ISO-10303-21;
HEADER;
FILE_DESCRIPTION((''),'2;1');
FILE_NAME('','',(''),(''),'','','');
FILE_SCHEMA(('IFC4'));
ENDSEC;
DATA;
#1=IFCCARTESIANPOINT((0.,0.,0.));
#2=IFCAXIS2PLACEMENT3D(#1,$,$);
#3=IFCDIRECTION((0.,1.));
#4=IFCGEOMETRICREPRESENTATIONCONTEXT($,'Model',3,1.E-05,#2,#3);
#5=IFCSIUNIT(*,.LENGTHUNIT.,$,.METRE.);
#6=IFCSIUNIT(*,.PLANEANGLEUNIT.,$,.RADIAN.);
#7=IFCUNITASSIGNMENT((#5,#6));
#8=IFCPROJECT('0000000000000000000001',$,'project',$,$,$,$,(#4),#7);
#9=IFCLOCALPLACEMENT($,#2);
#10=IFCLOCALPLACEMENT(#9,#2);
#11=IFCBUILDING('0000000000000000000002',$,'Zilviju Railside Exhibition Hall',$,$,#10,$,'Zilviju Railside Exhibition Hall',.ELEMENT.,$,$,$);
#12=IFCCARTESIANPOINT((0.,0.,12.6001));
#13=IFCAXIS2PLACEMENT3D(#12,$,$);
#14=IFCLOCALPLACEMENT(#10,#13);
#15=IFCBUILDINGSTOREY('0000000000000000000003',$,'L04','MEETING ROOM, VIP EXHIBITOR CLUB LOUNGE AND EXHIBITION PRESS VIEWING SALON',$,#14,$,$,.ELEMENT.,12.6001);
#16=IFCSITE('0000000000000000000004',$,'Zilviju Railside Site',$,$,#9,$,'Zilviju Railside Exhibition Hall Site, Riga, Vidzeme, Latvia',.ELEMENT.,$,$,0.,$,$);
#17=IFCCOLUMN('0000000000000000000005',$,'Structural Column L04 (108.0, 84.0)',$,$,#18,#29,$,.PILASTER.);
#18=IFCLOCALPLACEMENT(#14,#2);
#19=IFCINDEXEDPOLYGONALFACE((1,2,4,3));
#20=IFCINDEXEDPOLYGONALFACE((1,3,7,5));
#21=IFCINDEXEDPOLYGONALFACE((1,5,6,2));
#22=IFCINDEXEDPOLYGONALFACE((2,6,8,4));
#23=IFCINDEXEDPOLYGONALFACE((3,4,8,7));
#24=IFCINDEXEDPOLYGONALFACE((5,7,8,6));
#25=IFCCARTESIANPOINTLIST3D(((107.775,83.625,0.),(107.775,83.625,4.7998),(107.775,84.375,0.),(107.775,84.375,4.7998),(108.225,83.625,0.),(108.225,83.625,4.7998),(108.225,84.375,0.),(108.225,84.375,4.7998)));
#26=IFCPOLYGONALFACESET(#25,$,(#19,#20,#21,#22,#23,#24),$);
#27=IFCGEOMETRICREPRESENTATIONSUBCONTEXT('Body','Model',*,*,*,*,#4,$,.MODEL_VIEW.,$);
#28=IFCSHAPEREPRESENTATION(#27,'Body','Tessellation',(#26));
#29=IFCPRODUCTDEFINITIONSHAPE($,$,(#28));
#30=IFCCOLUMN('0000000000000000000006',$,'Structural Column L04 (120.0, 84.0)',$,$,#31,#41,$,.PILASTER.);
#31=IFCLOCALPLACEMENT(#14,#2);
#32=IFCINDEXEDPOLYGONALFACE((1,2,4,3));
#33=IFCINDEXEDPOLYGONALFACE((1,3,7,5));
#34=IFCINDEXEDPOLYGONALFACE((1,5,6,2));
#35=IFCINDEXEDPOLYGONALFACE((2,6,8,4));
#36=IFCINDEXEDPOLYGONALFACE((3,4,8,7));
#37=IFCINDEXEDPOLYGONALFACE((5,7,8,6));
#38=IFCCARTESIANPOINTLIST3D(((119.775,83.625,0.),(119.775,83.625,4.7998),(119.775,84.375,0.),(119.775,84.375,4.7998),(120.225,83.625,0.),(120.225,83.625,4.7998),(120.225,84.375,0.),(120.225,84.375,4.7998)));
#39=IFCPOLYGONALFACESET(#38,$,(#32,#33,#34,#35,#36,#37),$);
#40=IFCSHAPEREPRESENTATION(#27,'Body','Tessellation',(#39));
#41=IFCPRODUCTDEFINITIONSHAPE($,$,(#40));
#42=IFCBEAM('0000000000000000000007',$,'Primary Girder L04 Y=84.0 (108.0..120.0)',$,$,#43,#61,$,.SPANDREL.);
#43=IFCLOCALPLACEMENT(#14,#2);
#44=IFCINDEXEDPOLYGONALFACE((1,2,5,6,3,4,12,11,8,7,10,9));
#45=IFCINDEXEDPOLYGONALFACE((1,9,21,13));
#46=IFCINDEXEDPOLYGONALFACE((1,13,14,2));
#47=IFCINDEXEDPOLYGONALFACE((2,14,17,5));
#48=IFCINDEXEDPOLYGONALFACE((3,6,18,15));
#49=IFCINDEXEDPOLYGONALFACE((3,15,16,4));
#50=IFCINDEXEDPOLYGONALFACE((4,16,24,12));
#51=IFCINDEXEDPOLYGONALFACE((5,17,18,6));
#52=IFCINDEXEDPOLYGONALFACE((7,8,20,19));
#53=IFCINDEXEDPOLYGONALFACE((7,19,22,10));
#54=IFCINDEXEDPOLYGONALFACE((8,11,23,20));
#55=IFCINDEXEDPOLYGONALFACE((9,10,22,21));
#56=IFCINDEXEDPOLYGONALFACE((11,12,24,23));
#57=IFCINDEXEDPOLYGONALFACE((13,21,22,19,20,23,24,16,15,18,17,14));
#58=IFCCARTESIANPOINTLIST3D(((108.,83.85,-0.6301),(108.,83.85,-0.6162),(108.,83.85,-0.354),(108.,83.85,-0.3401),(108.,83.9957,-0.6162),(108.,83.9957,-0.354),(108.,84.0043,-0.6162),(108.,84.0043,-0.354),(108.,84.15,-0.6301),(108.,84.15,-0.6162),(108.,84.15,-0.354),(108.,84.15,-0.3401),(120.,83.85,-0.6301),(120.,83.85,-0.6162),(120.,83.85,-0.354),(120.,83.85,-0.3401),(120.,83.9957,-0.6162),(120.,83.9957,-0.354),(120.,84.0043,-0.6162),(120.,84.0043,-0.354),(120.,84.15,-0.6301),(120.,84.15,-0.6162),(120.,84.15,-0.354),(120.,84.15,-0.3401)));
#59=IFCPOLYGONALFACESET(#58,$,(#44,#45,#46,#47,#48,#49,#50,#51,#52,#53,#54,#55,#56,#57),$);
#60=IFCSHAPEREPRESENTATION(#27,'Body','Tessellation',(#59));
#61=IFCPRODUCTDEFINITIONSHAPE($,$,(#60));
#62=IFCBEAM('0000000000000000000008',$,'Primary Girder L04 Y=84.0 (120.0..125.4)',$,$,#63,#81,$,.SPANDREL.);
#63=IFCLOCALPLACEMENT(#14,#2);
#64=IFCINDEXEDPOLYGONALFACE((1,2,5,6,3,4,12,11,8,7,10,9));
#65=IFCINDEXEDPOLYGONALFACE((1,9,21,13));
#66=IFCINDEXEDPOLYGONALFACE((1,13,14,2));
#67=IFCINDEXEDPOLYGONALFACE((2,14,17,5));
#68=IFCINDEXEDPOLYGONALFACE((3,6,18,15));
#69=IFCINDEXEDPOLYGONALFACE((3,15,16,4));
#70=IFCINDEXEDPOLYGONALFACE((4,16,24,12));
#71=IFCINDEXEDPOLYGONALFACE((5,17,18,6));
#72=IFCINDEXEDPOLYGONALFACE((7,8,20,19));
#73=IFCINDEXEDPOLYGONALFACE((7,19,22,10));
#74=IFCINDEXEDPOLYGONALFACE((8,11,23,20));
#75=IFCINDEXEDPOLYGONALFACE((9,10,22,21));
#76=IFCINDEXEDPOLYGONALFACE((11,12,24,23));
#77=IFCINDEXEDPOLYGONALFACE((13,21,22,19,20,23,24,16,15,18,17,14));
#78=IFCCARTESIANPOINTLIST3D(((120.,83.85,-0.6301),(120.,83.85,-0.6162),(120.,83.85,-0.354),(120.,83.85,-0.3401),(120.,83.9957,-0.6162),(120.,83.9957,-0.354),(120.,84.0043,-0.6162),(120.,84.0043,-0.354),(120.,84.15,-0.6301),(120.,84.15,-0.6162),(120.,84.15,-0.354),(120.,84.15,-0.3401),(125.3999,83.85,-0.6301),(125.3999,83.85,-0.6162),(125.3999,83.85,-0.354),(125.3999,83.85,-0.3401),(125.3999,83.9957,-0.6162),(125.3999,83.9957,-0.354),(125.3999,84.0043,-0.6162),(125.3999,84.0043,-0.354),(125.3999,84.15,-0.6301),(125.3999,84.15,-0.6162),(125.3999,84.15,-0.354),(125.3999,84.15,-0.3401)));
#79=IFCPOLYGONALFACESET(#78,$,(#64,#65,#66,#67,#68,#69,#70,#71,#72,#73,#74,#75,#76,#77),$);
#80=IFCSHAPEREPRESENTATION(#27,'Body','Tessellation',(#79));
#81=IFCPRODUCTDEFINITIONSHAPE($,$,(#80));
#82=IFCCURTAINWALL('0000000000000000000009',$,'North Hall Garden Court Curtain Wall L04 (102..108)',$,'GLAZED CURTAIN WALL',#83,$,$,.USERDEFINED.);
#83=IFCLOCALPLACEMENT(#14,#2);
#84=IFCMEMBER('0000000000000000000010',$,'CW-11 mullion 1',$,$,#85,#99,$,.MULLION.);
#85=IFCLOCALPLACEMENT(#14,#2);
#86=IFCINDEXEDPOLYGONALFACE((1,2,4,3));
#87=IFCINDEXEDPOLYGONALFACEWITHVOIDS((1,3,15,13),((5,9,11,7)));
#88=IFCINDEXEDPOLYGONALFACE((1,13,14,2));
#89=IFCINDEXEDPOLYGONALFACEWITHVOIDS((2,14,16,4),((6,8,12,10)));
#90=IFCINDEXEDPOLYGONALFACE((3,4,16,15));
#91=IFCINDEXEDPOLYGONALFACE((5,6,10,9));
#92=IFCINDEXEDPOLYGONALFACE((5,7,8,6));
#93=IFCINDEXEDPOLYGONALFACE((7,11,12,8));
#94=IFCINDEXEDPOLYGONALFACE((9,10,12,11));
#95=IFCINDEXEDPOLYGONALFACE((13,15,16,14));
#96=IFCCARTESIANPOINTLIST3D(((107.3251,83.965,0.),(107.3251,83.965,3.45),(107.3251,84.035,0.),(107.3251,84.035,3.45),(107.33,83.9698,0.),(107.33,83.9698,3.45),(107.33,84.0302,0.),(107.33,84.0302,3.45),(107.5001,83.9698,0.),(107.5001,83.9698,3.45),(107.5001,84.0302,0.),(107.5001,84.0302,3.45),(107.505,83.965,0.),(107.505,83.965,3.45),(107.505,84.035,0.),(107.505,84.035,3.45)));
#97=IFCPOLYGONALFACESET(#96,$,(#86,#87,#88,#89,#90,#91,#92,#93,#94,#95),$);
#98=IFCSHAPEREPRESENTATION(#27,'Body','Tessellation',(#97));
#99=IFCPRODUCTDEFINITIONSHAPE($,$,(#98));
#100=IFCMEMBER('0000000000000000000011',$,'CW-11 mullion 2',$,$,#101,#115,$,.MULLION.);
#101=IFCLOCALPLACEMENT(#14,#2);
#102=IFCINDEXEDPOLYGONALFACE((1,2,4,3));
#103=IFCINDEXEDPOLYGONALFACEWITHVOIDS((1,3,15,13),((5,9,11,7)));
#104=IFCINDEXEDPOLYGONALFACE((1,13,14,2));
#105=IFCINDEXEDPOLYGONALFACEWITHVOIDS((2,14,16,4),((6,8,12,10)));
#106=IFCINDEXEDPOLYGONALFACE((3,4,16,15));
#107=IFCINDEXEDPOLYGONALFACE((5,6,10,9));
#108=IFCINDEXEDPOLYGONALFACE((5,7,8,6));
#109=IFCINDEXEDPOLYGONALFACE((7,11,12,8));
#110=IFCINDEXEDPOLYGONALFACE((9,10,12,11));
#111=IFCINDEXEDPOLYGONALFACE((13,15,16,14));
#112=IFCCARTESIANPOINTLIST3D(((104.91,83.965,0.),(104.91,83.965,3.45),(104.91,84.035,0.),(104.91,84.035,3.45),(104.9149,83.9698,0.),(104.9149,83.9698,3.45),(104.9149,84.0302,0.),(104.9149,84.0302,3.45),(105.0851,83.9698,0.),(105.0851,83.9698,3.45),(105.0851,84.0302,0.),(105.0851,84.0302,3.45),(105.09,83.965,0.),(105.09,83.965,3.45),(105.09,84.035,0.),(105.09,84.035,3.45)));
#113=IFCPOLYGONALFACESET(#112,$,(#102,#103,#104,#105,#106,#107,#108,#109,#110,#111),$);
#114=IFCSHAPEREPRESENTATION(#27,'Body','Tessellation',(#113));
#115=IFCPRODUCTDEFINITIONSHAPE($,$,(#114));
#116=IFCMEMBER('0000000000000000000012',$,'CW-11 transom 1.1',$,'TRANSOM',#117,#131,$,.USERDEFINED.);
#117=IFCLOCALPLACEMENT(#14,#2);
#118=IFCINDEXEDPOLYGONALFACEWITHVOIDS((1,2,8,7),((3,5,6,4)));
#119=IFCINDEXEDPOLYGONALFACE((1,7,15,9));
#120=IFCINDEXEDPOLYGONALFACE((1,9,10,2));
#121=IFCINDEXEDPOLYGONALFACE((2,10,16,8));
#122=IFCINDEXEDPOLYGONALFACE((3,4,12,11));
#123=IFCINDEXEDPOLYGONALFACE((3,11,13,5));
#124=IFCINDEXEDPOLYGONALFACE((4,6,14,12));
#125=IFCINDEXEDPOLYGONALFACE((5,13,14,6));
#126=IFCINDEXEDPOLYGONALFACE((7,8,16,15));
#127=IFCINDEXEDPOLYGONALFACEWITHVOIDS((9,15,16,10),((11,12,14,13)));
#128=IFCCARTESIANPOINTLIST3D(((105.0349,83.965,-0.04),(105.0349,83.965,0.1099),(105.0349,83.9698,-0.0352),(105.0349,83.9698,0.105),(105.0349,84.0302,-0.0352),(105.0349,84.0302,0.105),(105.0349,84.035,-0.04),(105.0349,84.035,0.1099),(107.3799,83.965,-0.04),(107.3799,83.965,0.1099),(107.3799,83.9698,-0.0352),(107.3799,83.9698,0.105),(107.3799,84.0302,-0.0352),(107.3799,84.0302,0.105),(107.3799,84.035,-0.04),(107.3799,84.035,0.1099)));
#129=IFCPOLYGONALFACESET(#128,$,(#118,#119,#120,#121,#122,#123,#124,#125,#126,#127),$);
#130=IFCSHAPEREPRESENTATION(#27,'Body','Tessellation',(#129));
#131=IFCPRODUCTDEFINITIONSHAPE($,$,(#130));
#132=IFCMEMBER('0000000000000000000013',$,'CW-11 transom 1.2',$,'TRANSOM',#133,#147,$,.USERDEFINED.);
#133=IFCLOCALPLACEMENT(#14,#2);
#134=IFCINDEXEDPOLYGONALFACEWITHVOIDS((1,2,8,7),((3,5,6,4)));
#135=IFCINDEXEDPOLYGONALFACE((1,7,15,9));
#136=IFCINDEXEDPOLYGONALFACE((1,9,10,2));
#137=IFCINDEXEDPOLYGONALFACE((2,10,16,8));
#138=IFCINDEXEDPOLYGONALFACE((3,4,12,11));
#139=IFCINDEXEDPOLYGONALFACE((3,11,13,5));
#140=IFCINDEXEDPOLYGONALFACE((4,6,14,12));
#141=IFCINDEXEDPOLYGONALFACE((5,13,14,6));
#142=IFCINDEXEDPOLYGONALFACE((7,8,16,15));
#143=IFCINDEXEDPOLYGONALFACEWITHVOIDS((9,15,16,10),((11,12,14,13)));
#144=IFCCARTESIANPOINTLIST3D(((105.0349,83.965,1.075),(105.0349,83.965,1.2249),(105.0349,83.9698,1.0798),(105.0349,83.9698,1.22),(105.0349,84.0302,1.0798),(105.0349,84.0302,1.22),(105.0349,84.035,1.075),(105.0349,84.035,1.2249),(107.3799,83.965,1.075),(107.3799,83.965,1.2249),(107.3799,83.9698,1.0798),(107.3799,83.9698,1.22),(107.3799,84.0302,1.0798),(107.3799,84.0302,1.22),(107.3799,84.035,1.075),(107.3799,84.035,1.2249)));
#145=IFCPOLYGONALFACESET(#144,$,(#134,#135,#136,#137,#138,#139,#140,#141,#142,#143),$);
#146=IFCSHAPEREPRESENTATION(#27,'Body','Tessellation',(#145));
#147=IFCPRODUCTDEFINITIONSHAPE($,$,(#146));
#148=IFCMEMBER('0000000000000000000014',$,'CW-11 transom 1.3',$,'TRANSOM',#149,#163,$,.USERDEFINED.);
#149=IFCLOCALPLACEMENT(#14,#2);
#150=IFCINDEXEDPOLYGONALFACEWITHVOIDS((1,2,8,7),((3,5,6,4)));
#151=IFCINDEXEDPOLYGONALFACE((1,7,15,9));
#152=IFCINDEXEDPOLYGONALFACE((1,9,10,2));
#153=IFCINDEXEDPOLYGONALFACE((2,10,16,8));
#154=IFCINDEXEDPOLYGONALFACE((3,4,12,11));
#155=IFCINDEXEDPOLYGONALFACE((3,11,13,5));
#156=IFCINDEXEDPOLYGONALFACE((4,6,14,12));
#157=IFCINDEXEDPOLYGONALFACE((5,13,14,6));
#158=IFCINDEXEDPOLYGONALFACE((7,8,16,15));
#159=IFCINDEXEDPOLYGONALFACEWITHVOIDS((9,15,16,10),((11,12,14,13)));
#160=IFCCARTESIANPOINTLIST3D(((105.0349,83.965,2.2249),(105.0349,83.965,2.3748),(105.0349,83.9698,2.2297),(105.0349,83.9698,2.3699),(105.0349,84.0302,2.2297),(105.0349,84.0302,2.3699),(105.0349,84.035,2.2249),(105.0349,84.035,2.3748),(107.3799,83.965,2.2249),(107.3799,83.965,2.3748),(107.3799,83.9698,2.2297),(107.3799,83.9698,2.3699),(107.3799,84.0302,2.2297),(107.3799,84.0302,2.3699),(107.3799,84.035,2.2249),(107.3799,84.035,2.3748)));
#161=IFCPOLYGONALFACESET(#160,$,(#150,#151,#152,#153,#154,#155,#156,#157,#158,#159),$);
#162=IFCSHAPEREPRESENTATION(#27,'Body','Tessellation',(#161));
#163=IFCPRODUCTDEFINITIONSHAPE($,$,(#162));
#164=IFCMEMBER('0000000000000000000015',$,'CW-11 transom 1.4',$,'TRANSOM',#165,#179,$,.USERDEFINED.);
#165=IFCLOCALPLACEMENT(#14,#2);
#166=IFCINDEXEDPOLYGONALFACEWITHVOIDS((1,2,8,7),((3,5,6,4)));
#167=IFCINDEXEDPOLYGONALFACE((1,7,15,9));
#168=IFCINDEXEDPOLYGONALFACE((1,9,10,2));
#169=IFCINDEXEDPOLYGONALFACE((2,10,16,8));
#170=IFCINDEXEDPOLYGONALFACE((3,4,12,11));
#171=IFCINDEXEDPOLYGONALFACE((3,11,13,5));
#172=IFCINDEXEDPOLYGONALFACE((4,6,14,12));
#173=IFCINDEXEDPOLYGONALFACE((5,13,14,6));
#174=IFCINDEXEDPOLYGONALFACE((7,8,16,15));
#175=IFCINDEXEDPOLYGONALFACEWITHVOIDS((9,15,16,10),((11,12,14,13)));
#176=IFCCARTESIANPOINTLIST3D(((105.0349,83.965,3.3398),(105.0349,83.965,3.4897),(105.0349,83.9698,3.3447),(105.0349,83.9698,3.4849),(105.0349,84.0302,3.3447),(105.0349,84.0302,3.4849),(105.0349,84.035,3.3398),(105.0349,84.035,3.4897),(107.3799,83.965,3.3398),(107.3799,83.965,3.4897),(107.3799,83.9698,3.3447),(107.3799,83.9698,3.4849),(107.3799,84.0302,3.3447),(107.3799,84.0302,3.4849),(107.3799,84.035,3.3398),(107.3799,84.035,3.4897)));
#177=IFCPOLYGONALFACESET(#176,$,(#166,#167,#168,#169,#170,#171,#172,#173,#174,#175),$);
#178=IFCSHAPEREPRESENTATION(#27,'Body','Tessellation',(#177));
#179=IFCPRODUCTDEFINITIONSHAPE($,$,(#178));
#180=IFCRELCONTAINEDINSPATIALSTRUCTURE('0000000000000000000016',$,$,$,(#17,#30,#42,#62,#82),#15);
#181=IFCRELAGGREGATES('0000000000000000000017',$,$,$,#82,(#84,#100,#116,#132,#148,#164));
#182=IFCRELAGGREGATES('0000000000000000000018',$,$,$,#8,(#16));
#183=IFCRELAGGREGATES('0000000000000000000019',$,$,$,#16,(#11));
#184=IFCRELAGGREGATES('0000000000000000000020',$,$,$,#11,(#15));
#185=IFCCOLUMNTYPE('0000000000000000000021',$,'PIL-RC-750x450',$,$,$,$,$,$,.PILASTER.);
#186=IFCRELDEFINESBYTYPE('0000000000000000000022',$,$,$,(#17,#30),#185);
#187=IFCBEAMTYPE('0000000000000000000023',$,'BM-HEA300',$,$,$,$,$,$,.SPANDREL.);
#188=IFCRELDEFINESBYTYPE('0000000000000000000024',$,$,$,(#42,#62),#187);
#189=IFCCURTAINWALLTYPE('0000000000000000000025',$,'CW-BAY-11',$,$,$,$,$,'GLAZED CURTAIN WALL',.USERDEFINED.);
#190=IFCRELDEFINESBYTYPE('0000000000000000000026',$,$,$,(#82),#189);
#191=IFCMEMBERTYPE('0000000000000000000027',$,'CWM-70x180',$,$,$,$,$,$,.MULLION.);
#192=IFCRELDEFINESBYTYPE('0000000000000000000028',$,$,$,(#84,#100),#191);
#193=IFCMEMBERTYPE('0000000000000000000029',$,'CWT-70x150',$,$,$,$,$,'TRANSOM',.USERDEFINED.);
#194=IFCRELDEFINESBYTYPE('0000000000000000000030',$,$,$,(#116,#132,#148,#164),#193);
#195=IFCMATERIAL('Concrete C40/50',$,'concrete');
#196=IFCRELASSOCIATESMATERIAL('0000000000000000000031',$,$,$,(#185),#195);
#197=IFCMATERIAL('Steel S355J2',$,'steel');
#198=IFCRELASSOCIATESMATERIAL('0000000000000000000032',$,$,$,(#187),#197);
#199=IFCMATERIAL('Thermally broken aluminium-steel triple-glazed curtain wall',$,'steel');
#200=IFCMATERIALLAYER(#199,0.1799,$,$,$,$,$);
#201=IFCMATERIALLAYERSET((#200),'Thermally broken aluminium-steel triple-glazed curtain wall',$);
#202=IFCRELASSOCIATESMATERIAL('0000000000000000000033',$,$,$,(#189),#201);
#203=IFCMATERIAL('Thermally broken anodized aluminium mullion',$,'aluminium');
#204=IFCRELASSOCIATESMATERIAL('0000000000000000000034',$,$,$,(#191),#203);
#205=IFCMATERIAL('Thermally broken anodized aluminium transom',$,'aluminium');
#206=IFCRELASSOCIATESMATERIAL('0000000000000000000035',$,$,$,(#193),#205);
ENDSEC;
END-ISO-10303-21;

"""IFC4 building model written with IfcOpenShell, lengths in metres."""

from ifc_helpers import new_model, si_unit, direction, frame, origin, origin_2d, place, context, subcontext, project, spatial, rectangle, hollow_rectangle, i_section, extrude, material, layer, layer_set, material_profile, profile_set, type_object, element, aggregate, save


model = new_model("IFC4")

# Units and contexts
model_context = context("Model", 3, precision=1e-05, world=origin(), true_north=direction((0.0, 1.0)))
body_context = subcontext(model_context, "Body", "Model", "MODEL_VIEW")
ifc_project = project(units=[si_unit("LENGTHUNIT", "METRE"), si_unit("PLANEANGLEUNIT", "RADIAN")], contexts=[model_context])

# Site, building, storey
site_placement = place(None, origin())
site = spatial("IfcSite", under=ifc_project, at=site_placement, Name="Zilviju Railside Site", LongName="Zilviju Railside Exhibition Hall Site, Riga, Vidzeme, Latvia", CompositionType="ELEMENT", RefElevation=0.0)
building_placement = place(site_placement, origin())
building = spatial("IfcBuilding", under=site, at=building_placement, Name="Zilviju Railside Exhibition Hall", LongName="Zilviju Railside Exhibition Hall", CompositionType="ELEMENT")
storey_placement = place(building_placement, frame((0.0, 0.0, 12.6001)))
storey = spatial("IfcBuildingStorey", under=building, at=storey_placement, Name="L04", Description="MEETING ROOM, VIP EXHIBITOR CLUB LOUNGE AND EXHIBITION PRESS VIEWING SALON", CompositionType="ELEMENT", Elevation=12.6001)

# Columns
ifc_material_1 = material(Name="Concrete C40/50", Category="concrete")
ifc_material_profile_1 = material_profile(ifc_material_1, rectangle(XDim=0.45, YDim=0.75, at=origin_2d()), Name="RC COL 450x750")
ifc_profile_set_1 = profile_set([ifc_material_profile_1], Name="Concrete C40/50")
column_type = type_object("IfcColumnType", Name="PIL-RC-750x450", PredefinedType="PILASTER", material=ifc_profile_set_1)
for number, where, z_axis, x_axis, name in (
    (1, (108.0, 84.0, 0.0), (0.0, 0.0, 1.0), (1.0, 0.0, 0.0), "Structural Column L04 (108.0, 84.0)"),
    (2, (120.0, 84.0, 0.0), (0.0, 0.0, 1.0), (1.0, 0.0, 0.0), "Structural Column L04 (120.0, 84.0)"),
):
    element("IfcColumn", number, at=place(storey_placement, frame(where, z_axis=z_axis, x_axis=x_axis)), inside=storey, type_object=column_type, Name=name, PredefinedType="PILASTER", context=body_context, shape_type="SweptSolid", body=[
        extrude(rectangle(XDim=0.45, YDim=0.75, at=origin_2d()), origin(), (0.0, 0.0, 1.0), 4.7998),
    ])

# Beams
ifc_material_2 = material(Name="Steel S355J2", Category="steel")
ifc_material_profile_2 = material_profile(ifc_material_2, i_section(OverallWidth=0.3, OverallDepth=0.29, WebThickness=0.0085, FlangeThickness=0.0139, at=origin_2d()), Name="HEA 300")
ifc_profile_set_2 = profile_set([ifc_material_profile_2], Name="Steel S355J2")
beam_type = type_object("IfcBeamType", Name="BM-HEA300", PredefinedType="SPANDREL", material=ifc_profile_set_2)
beam_1_placement = place(storey_placement, frame((108.0, 84.0, -0.4851), z_axis=(1.0, 0.0, 0.0), x_axis=(0.0, 1.0, 0.0)))
element("IfcBeam", 3, at=beam_1_placement, inside=storey, type_object=beam_type, Name="Primary Girder L04 Y=84.0 (108.0..120.0)", PredefinedType="SPANDREL", context=body_context, shape_type="SweptSolid", body=[
    extrude(i_section(OverallWidth=0.3, OverallDepth=0.29, WebThickness=0.0085, FlangeThickness=0.0139, at=origin_2d()), origin(), (0.0, 0.0, 1.0), 12.0),
])
beam_2_placement = place(storey_placement, frame((120.0, 84.0, -0.4851), z_axis=(1.0, 0.0, 0.0), x_axis=(0.0, 1.0, 0.0)))
element("IfcBeam", 4, at=beam_2_placement, inside=storey, type_object=beam_type, Name="Primary Girder L04 Y=84.0 (120.0..125.4)", PredefinedType="SPANDREL", context=body_context, shape_type="SweptSolid", body=[
    extrude(i_section(OverallWidth=0.3, OverallDepth=0.29, WebThickness=0.0085, FlangeThickness=0.0139, at=origin_2d()), origin(), (0.0, 0.0, 1.0), 5.3999),
])

# Curtain wall, members
ifc_material_3 = material(Name="Thermally broken aluminium-steel triple-glazed curtain wall", Category="steel")
ifc_layer_1 = layer(ifc_material_3, 0.1799)
ifc_layer_set_1 = layer_set([ifc_layer_1], Name="Thermally broken aluminium-steel triple-glazed curtain wall")
curtain_wall_type = type_object("IfcCurtainWallType", Name="CW-BAY-11", ElementType="GLAZED CURTAIN WALL", PredefinedType="USERDEFINED", material=ifc_layer_set_1)
curtain_wall_placement = place(storey_placement, origin())
curtain_wall = element("IfcCurtainWall", 5, at=curtain_wall_placement, inside=storey, type_object=curtain_wall_type, Name="North Hall Garden Court Curtain Wall L04 (102..108)", ObjectType="GLAZED CURTAIN WALL", PredefinedType="USERDEFINED")
ifc_material_4 = material(Name="Thermally broken anodized aluminium mullion", Category="aluminium")
ifc_material_profile_3 = material_profile(ifc_material_4, hollow_rectangle(XDim=0.0701, YDim=0.1799, WallThickness=0.0049, at=origin_2d()), Name="MULLION 180x70x5")
ifc_profile_set_3 = profile_set([ifc_material_profile_3], Name="Thermally broken anodized aluminium mullion")
member_type_1 = type_object("IfcMemberType", Name="CWM-70x180", PredefinedType="MULLION", material=ifc_profile_set_3)
member_1_placement = place(storey_placement, frame((107.415, 84.0, 0.0), z_axis=(0.0, 0.0, 1.0), x_axis=(0.0, -1.0, 0.0)))
member_1 = element("IfcMember", 6, at=member_1_placement, type_object=member_type_1, Name="CW-11 mullion 1", PredefinedType="MULLION", context=body_context, shape_type="SweptSolid", body=[
    extrude(hollow_rectangle(XDim=0.0701, YDim=0.1799, WallThickness=0.0049, at=origin_2d()), origin(), (0.0, 0.0, 1.0), 3.45),
])
member_2_placement = place(storey_placement, frame((105.0, 84.0, 0.0), z_axis=(0.0, 0.0, 1.0), x_axis=(0.0, -1.0, 0.0)))
member_2 = element("IfcMember", 7, at=member_2_placement, type_object=member_type_1, Name="CW-11 mullion 2", PredefinedType="MULLION", context=body_context, shape_type="SweptSolid", body=[
    extrude(hollow_rectangle(XDim=0.0701, YDim=0.1799, WallThickness=0.0049, at=origin_2d()), origin(), (0.0, 0.0, 1.0), 3.45),
])
ifc_material_5 = material(Name="Thermally broken anodized aluminium transom", Category="aluminium")
ifc_material_profile_4 = material_profile(ifc_material_5, hollow_rectangle(XDim=0.0701, YDim=0.1499, WallThickness=0.0049, at=origin_2d()), Name="TRANSOM 150x70x5")
ifc_profile_set_4 = profile_set([ifc_material_profile_4], Name="Thermally broken anodized aluminium transom")
member_type_2 = type_object("IfcMemberType", Name="CWT-70x150", ElementType="TRANSOM", PredefinedType="USERDEFINED", material=ifc_profile_set_4)
member_3_placement = place(storey_placement, frame((107.3799, 84.0, 0.0349), z_axis=(-1.0, 0.0, 0.0), x_axis=(0.0, -1.0, 0.0)))
member_3 = element("IfcMember", 8, at=member_3_placement, type_object=member_type_2, Name="CW-11 transom 1.1", ObjectType="TRANSOM", PredefinedType="USERDEFINED", context=body_context, shape_type="SweptSolid", body=[
    extrude(hollow_rectangle(XDim=0.0701, YDim=0.1499, WallThickness=0.0049, at=origin_2d()), origin(), (0.0, 0.0, 1.0), 2.345),
])
member_4_placement = place(storey_placement, frame((107.3799, 84.0, 1.1499), z_axis=(-1.0, 0.0, 0.0), x_axis=(0.0, -1.0, 0.0)))
member_4 = element("IfcMember", 9, at=member_4_placement, type_object=member_type_2, Name="CW-11 transom 1.2", ObjectType="TRANSOM", PredefinedType="USERDEFINED", context=body_context, shape_type="SweptSolid", body=[
    extrude(hollow_rectangle(XDim=0.0701, YDim=0.1499, WallThickness=0.0049, at=origin_2d()), origin(), (0.0, 0.0, 1.0), 2.345),
])
member_5_placement = place(storey_placement, frame((107.3799, 84.0, 2.2998), z_axis=(-1.0, 0.0, 0.0), x_axis=(0.0, -1.0, 0.0)))
member_5 = element("IfcMember", 10, at=member_5_placement, type_object=member_type_2, Name="CW-11 transom 1.3", ObjectType="TRANSOM", PredefinedType="USERDEFINED", context=body_context, shape_type="SweptSolid", body=[
    extrude(hollow_rectangle(XDim=0.0701, YDim=0.1499, WallThickness=0.0049, at=origin_2d()), origin(), (0.0, 0.0, 1.0), 2.345),
])
member_6_placement = place(storey_placement, frame((107.3799, 84.0, 3.4148), z_axis=(-1.0, 0.0, 0.0), x_axis=(0.0, -1.0, 0.0)))
member_6 = element("IfcMember", 11, at=member_6_placement, type_object=member_type_2, Name="CW-11 transom 1.4", ObjectType="TRANSOM", PredefinedType="USERDEFINED", context=body_context, shape_type="SweptSolid", body=[
    extrude(hollow_rectangle(XDim=0.0701, YDim=0.1499, WallThickness=0.0049, at=origin_2d()), origin(), (0.0, 0.0, 1.0), 2.345),
])
aggregate(curtain_wall, [member_1, member_2, member_3, member_4, member_5, member_6])

save(model, "model.ifc")
